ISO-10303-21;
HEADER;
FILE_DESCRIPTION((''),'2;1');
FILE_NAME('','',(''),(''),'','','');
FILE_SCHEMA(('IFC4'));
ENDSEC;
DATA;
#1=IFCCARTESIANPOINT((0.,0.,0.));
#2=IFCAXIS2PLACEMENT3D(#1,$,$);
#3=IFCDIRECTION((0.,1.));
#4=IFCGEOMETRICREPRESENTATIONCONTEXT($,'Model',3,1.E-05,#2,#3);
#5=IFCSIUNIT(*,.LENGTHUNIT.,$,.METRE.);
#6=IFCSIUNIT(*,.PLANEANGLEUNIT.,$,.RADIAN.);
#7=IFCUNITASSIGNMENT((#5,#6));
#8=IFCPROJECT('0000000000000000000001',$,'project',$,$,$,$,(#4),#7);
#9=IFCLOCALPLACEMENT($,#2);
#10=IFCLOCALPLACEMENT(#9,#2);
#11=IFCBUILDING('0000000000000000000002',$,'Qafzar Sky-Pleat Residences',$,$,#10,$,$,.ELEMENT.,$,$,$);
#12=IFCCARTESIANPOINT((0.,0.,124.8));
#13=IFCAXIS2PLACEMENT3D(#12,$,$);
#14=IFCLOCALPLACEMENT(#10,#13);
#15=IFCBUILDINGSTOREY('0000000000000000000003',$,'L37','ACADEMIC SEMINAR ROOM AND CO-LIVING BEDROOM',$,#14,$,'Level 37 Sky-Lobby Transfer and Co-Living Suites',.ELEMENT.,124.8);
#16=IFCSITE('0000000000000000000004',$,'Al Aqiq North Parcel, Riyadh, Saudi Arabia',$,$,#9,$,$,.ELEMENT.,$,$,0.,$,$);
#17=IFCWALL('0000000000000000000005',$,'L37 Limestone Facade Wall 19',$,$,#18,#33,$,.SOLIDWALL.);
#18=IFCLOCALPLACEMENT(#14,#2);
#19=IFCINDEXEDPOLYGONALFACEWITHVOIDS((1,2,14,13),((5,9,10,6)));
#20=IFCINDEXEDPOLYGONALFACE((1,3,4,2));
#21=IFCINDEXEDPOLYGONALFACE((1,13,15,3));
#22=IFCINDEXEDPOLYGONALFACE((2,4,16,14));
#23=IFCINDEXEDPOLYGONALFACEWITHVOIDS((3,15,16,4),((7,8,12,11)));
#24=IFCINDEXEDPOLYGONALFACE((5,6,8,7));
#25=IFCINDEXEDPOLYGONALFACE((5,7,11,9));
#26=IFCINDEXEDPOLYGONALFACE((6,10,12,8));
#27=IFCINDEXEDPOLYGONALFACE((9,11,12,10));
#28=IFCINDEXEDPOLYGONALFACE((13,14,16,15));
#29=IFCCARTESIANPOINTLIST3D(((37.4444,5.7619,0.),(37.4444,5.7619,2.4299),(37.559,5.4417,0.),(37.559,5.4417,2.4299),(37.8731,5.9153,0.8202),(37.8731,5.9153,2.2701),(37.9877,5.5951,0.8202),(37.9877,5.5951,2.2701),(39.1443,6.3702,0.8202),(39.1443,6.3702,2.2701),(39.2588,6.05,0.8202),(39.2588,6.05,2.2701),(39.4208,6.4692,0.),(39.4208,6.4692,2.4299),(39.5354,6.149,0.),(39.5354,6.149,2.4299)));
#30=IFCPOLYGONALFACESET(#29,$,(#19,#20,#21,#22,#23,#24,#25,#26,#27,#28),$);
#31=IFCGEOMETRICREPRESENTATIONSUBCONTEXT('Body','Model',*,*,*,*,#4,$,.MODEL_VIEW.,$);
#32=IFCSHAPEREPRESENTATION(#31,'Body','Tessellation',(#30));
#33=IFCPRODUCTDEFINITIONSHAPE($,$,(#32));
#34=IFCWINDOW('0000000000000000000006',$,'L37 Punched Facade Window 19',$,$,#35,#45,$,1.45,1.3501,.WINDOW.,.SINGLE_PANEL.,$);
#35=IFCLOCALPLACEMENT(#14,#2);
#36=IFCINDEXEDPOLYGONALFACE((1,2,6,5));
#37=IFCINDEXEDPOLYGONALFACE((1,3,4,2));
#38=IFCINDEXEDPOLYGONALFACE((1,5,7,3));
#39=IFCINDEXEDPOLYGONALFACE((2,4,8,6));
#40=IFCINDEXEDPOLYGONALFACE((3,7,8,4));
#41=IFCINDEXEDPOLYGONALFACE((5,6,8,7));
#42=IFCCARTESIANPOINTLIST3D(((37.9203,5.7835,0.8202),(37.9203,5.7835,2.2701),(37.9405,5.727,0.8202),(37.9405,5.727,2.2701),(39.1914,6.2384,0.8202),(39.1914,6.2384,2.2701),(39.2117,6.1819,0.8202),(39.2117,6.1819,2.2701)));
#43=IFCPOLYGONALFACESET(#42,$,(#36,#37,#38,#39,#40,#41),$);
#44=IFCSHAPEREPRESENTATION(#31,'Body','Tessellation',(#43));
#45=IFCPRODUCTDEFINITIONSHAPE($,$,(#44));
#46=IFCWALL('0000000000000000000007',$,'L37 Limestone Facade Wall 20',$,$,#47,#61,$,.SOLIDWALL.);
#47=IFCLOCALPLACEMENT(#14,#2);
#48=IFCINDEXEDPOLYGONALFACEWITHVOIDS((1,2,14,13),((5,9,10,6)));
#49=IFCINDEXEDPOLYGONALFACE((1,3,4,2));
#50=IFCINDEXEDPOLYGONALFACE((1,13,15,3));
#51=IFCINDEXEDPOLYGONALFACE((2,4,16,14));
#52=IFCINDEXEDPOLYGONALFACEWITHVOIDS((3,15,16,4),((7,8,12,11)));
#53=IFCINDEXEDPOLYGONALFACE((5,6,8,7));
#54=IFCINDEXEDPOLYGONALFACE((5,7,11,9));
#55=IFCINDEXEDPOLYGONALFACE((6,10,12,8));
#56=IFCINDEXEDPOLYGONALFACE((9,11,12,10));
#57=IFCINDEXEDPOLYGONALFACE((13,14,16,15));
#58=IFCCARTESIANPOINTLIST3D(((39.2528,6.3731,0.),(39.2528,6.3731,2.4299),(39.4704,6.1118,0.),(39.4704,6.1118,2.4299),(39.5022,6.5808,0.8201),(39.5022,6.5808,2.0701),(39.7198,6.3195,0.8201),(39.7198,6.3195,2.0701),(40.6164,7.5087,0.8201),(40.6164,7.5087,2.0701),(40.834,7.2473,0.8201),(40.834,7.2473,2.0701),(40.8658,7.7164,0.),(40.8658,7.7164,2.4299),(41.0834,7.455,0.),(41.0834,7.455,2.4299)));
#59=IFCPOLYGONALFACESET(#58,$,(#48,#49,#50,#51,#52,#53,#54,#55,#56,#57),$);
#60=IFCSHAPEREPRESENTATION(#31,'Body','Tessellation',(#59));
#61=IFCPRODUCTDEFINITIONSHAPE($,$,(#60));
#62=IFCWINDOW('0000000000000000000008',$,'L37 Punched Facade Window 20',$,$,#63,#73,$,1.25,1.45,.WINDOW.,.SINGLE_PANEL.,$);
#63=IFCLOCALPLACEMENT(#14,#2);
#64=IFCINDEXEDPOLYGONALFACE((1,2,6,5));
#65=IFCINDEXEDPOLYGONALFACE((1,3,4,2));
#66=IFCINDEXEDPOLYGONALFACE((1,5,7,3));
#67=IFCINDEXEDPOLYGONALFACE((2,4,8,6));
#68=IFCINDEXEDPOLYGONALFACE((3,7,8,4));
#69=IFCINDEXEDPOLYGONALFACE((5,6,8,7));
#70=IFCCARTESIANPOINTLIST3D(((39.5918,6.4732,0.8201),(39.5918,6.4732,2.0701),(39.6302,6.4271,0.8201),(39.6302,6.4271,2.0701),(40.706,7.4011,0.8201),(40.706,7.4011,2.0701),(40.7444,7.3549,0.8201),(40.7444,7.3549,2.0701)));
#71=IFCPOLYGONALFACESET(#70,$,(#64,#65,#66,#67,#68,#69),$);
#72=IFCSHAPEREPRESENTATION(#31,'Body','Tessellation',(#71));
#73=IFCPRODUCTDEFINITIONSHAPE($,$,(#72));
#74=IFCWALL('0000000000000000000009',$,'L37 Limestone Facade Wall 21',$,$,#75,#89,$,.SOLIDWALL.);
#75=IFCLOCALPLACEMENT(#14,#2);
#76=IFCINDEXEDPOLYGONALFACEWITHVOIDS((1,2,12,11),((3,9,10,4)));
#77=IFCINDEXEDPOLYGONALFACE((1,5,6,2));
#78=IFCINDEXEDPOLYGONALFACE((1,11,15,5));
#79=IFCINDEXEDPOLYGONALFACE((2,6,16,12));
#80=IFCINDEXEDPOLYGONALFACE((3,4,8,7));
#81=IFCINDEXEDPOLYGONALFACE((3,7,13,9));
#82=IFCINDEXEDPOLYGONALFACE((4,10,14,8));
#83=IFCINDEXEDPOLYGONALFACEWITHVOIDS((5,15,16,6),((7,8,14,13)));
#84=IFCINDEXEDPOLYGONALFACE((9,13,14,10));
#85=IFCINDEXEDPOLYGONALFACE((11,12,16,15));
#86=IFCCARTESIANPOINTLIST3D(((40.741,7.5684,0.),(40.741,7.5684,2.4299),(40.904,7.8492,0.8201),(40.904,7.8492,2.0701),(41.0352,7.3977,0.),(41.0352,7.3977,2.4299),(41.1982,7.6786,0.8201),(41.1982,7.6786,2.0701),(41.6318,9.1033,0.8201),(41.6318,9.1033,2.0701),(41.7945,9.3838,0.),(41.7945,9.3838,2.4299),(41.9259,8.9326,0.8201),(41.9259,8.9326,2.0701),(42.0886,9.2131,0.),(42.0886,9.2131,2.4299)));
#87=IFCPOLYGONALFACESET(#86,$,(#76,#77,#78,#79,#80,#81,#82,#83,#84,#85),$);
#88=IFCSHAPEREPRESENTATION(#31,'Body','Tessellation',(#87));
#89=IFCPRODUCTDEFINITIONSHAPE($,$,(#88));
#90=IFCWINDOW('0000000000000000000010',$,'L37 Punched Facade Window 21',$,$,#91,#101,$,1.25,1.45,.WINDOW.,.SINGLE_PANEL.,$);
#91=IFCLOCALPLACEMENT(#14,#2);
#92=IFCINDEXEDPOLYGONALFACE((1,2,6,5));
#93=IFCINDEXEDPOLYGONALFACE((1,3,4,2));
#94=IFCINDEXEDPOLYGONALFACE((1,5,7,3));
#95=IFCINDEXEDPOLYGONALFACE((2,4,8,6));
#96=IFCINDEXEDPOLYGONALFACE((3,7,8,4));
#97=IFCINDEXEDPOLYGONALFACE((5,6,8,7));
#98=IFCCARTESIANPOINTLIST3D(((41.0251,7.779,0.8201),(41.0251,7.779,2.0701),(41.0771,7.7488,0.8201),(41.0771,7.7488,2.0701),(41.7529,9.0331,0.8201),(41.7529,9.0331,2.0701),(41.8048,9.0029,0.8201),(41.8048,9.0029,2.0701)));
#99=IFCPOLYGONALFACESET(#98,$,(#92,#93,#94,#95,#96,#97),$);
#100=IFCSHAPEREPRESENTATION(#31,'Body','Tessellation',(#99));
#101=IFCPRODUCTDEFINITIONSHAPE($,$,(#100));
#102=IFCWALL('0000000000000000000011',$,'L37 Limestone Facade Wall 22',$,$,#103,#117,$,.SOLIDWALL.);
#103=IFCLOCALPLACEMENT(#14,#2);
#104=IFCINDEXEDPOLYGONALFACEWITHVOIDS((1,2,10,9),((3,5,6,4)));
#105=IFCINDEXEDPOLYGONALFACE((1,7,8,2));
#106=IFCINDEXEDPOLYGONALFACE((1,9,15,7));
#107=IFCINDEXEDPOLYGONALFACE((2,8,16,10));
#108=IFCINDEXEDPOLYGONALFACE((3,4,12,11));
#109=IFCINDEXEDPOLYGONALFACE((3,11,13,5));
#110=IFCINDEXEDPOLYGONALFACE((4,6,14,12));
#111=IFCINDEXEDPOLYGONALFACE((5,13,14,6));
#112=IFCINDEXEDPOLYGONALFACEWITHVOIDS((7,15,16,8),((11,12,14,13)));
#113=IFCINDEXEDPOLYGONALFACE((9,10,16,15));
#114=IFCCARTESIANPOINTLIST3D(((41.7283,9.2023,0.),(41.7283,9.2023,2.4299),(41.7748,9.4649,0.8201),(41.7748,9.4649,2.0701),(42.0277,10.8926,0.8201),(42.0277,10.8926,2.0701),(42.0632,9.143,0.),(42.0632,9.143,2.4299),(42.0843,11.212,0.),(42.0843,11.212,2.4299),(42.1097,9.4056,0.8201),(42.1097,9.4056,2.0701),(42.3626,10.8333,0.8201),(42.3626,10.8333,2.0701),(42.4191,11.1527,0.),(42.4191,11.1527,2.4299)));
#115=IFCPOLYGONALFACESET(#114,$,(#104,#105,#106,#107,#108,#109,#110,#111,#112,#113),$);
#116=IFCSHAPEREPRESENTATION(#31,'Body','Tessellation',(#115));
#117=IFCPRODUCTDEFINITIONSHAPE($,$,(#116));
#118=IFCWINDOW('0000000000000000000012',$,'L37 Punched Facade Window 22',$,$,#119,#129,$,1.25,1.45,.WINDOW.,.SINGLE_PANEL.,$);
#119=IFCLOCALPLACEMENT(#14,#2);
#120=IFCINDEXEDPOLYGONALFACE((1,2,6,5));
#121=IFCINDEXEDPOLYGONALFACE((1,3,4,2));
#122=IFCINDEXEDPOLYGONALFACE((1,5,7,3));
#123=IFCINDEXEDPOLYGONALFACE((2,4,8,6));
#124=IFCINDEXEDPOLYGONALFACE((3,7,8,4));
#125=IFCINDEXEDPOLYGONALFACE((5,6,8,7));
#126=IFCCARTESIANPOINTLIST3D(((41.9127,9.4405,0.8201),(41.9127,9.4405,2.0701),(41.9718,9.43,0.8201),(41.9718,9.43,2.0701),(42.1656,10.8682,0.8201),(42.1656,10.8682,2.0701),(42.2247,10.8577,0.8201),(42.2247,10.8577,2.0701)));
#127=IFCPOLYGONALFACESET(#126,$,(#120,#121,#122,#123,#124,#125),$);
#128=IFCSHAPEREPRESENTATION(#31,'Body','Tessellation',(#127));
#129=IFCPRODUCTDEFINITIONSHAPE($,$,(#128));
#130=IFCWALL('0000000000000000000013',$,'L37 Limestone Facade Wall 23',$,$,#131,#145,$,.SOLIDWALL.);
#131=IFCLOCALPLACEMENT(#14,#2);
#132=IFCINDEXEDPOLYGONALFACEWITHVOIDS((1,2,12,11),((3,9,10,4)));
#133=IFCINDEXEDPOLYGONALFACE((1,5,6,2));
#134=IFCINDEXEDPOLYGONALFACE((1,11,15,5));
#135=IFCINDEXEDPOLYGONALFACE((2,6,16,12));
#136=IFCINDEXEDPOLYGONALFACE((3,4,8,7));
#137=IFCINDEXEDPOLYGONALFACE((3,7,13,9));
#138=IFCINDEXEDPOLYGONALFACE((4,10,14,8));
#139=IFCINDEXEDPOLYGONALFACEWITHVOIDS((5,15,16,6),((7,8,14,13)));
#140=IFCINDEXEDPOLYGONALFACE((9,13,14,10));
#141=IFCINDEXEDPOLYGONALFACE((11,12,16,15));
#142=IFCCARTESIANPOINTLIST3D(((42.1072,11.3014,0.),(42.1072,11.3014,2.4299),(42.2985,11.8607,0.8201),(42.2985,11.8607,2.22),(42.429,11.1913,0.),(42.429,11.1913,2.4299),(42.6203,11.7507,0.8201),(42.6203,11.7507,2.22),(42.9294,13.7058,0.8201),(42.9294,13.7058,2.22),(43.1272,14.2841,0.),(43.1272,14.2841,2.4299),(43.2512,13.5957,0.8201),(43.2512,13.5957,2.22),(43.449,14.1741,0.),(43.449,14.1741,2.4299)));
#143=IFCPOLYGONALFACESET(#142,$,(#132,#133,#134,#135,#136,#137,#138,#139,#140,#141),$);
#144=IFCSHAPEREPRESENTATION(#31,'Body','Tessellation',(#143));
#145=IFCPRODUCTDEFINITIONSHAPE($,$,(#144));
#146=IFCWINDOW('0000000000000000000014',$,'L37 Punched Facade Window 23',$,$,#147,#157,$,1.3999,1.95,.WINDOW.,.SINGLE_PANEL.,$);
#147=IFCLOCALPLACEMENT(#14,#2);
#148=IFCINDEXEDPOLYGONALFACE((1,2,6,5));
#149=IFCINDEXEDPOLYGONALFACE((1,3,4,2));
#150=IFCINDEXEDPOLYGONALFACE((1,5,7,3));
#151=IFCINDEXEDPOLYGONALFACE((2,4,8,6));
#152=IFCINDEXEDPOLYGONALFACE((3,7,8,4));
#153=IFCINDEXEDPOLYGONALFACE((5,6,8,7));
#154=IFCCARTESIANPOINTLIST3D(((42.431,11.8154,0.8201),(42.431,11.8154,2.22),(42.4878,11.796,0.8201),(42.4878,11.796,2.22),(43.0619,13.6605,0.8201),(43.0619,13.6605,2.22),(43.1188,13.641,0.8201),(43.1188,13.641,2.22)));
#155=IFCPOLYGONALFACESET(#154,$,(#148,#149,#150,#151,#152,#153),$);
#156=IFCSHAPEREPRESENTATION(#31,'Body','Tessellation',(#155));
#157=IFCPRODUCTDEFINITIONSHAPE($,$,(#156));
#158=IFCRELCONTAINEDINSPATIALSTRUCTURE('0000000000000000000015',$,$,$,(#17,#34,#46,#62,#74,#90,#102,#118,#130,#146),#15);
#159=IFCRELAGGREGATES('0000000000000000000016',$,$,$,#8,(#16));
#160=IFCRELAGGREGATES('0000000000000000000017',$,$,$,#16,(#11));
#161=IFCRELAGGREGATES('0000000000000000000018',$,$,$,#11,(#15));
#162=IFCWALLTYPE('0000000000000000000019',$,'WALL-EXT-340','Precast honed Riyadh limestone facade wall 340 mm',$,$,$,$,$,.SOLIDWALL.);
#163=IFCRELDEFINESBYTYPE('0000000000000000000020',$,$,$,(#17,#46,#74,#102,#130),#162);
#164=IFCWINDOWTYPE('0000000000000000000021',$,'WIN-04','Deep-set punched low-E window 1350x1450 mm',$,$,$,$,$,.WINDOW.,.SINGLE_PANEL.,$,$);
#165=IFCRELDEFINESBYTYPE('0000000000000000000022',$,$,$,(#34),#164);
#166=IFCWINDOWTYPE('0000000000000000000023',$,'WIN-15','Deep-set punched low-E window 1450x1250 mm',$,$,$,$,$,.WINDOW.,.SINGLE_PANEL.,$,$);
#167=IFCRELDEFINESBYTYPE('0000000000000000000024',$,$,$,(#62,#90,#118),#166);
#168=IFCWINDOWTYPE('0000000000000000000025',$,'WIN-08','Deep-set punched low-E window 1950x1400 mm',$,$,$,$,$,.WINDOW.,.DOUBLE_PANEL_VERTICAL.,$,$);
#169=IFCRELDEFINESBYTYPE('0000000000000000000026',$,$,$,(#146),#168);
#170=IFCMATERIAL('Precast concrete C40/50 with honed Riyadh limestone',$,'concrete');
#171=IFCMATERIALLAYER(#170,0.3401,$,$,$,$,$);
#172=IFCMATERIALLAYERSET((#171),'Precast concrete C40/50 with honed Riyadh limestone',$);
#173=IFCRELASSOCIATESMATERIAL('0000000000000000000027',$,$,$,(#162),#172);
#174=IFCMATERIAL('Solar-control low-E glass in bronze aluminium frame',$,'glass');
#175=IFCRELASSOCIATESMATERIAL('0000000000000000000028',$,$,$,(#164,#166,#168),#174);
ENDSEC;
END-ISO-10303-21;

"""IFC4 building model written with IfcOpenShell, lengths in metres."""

from ifc_helpers import new_model, si_unit, direction, frame, frame_2d, origin, place, context, subcontext, project, spatial, rectangle, extrude, source, transform, mapped, material, layer, layer_set, type_object, element, fill, save


model = new_model("IFC4")

# Units and contexts
model_context = context("Model", 3, precision=1e-05, world=origin(), true_north=direction((0.0, 1.0)))
body_context = subcontext(model_context, "Body", "Model", "MODEL_VIEW")
ifc_project = project(units=[si_unit("LENGTHUNIT", "METRE"), si_unit("PLANEANGLEUNIT", "RADIAN")], contexts=[model_context])

# Site, building, storey
site_placement = place(None, origin())
site = spatial("IfcSite", under=ifc_project, at=site_placement, Name="Al Aqiq North Parcel, Riyadh, Saudi Arabia", CompositionType="ELEMENT", RefElevation=0.0)
building_placement = place(site_placement, origin())
building = spatial("IfcBuilding", under=site, at=building_placement, Name="Qafzar Sky-Pleat Residences", CompositionType="ELEMENT")
storey_placement = place(building_placement, frame((0.0, 0.0, 124.8)))
storey = spatial("IfcBuildingStorey", under=building, at=storey_placement, Name="L37", Description="ACADEMIC SEMINAR ROOM AND CO-LIVING BEDROOM", LongName="Level 37 Sky-Lobby Transfer and Co-Living Suites", CompositionType="ELEMENT", Elevation=124.8)

# Walls, openings, windows
ifc_material_1 = material(Name="Precast concrete C40/50 with honed Riyadh limestone", Category="concrete")
ifc_layer_1 = layer(ifc_material_1, 0.3401)
ifc_layer_set_1 = layer_set([ifc_layer_1], Name="Precast concrete C40/50 with honed Riyadh limestone")
wall_type_1 = type_object("IfcWallType", Name="WALL-EXT-340", Description="Precast honed Riyadh limestone facade wall 340 mm", PredefinedType="SOLIDWALL", material=ifc_layer_set_1)
wall_1_placement = place(storey_placement, frame((37.5017, 5.6018, 0.0), z_axis=(0.0, 0.0, 1.0), x_axis=(0.941523, 0.336948, 0.0)))
wall_1 = element("IfcWall", 1, at=wall_1_placement, inside=storey, type_object=wall_type_1, Name="L37 Limestone Facade Wall 19", PredefinedType="SOLIDWALL", context=body_context, shape_type="SweptSolid", body=[
    extrude(rectangle(XDim=2.0991, YDim=0.3401, at=frame_2d((1.0496, 0.0))), origin(), (0.0, 0.0, 1.0), 2.4299),
])
opening_1_placement = place(wall_1_placement, frame((0.4553, 0.0, 0.8201)))
opening_1 = element("IfcOpeningElement", 2, at=opening_1_placement, cuts=wall_1, PredefinedType="OPENING", context=body_context, shape_type="SweptSolid", body=[
    extrude(rectangle(XDim=1.3501, YDim=1.45, at=frame_2d((0.675, 0.7251))), frame((0.0, 0.1802, 0.0), z_axis=(0.0, -1.0, 0.0), x_axis=(1.0, 0.0, 0.0)), (0.0, 0.0, 1.0), 0.3601),
])
ifc_material_2 = material(Name="Solar-control low-E glass in bronze aluminium frame", Category="glass")
window_type_1 = type_object("IfcWindowType", Name="WIN-04", Description="Deep-set punched low-E window 1350x1450 mm", PartitioningType="SINGLE_PANEL", PredefinedType="WINDOW", material=ifc_material_2)
shared_shape_1 = source(origin(), body_context, "Body", "SweptSolid", [
    extrude(rectangle(XDim=1.3501, YDim=1.45, at=frame_2d((0.675, 0.7251))), frame((0.0, 0.03, 0.0), z_axis=(0.0, -1.0, 0.0), x_axis=(1.0, 0.0, 0.0)), (0.0, 0.0, 1.0), 0.0601),
])
window_1_placement = place(opening_1_placement, origin())
window_1 = element("IfcWindow", 3, at=window_1_placement, inside=storey, type_object=window_type_1, Name="L37 Punched Facade Window 19", OverallHeight=1.45, OverallWidth=1.3501, PartitioningType="SINGLE_PANEL", PredefinedType="WINDOW", context=body_context, shape_type="MappedRepresentation", body=[
    mapped(shared_shape_1, transform((0.0, 0.0, 0.0), x_axis=(1.0, 0.0, 0.0), y_axis=(0.0, 1.0, 0.0), z_axis=(0.0, 0.0, 1.0), scale=1.0)),
])
fill(opening_1, window_1)
wall_2_placement = place(storey_placement, frame((39.3616, 6.2424, 0.0), z_axis=(0.0, 0.0, 1.0), x_axis=(0.768441, 0.639921, 0.0)))
wall_2 = element("IfcWall", 4, at=wall_2_placement, inside=storey, type_object=wall_type_1, Name="L37 Limestone Facade Wall 20", PredefinedType="SOLIDWALL", context=body_context, shape_type="SweptSolid", body=[
    extrude(rectangle(XDim=2.0991, YDim=0.3401, at=frame_2d((1.0496, 0.0))), origin(), (0.0, 0.0, 1.0), 2.4299),
])
opening_2_placement = place(wall_2_placement, frame((0.3245, 0.0, 0.8201)))
opening_2 = element("IfcOpeningElement", 5, at=opening_2_placement, cuts=wall_2, PredefinedType="OPENING", context=body_context, shape_type="SweptSolid", body=[
    extrude(rectangle(XDim=1.45, YDim=1.25, at=frame_2d((0.7251, 0.625))), frame((0.0, 0.1802, 0.0), z_axis=(0.0, -1.0, 0.0), x_axis=(1.0, 0.0, 0.0)), (0.0, 0.0, 1.0), 0.3601),
])
window_type_2 = type_object("IfcWindowType", Name="WIN-15", Description="Deep-set punched low-E window 1450x1250 mm", PartitioningType="SINGLE_PANEL", PredefinedType="WINDOW", material=ifc_material_2)
shared_shape_2 = source(origin(), body_context, "Body", "SweptSolid", [
    extrude(rectangle(XDim=1.45, YDim=1.25, at=frame_2d((0.7251, 0.625))), frame((0.0, 0.03, 0.0), z_axis=(0.0, -1.0, 0.0), x_axis=(1.0, 0.0, 0.0)), (0.0, 0.0, 1.0), 0.0601),
])
window_2_placement = place(opening_2_placement, origin())
window_2 = element("IfcWindow", 6, at=window_2_placement, inside=storey, type_object=window_type_2, Name="L37 Punched Facade Window 20", OverallHeight=1.25, OverallWidth=1.45, PartitioningType="SINGLE_PANEL", PredefinedType="WINDOW", context=body_context, shape_type="MappedRepresentation", body=[
    mapped(shared_shape_2, transform((0.0, 0.0, 0.0), x_axis=(1.0, 0.0, 0.0), y_axis=(0.0, 1.0, 0.0), z_axis=(0.0, 0.0, 1.0), scale=1.0)),
])
fill(opening_2, window_2)
wall_3_placement = place(storey_placement, frame((40.8882, 7.4832, 0.0), z_axis=(0.0, 0.0, 1.0), x_axis=(0.501903, 0.864924, 0.0)))
wall_3 = element("IfcWall", 7, at=wall_3_placement, inside=storey, type_object=wall_type_1, Name="L37 Limestone Facade Wall 21", PredefinedType="SOLIDWALL", context=body_context, shape_type="SweptSolid", body=[
    extrude(rectangle(XDim=2.0989, YDim=0.3401, at=frame_2d((1.0493, 0.0))), origin(), (0.0, 0.0, 1.0), 2.4299),
])
opening_3_placement = place(wall_3_placement, frame((0.3245, 0.0, 0.8201)))
opening_3 = element("IfcOpeningElement", 8, at=opening_3_placement, cuts=wall_3, PredefinedType="OPENING", context=body_context, shape_type="SweptSolid", body=[
    extrude(rectangle(XDim=1.45, YDim=1.25, at=frame_2d((0.7251, 0.625))), frame((0.0, 0.1802, 0.0), z_axis=(0.0, -1.0, 0.0), x_axis=(1.0, 0.0, 0.0)), (0.0, 0.0, 1.0), 0.3601),
])
window_3_placement = place(opening_3_placement, origin())
window_3 = element("IfcWindow", 9, at=window_3_placement, inside=storey, type_object=window_type_2, Name="L37 Punched Facade Window 21", OverallHeight=1.25, OverallWidth=1.45, PartitioningType="SINGLE_PANEL", PredefinedType="WINDOW", context=body_context, shape_type="MappedRepresentation", body=[
    mapped(shared_shape_2, transform((0.0, 0.0, 0.0), x_axis=(1.0, 0.0, 0.0), y_axis=(0.0, 1.0, 0.0), z_axis=(0.0, 0.0, 1.0), scale=1.0)),
])
fill(opening_3, window_3)
wall_4_placement = place(storey_placement, frame((41.8958, 9.1726, 0.0), z_axis=(0.0, 0.0, 1.0), x_axis=(0.174399, 0.984675, 0.0)))
wall_4 = element("IfcWall", 10, at=wall_4_placement, inside=storey, type_object=wall_type_1, Name="L37 Limestone Facade Wall 22", PredefinedType="SOLIDWALL", context=body_context, shape_type="SweptSolid", body=[
    extrude(rectangle(XDim=2.041, YDim=0.3401, at=frame_2d((1.0205, 0.0))), origin(), (0.0, 0.0, 1.0), 2.4299),
])
opening_4_placement = place(wall_4_placement, frame((0.2666, 0.0, 0.8201)))
opening_4 = element("IfcOpeningElement", 11, at=opening_4_placement, cuts=wall_4, PredefinedType="OPENING", context=body_context, shape_type="SweptSolid", body=[
    extrude(rectangle(XDim=1.45, YDim=1.25, at=frame_2d((0.7251, 0.625))), frame((0.0, 0.1802, 0.0), z_axis=(0.0, -1.0, 0.0), x_axis=(1.0, 0.0, 0.0)), (0.0, 0.0, 1.0), 0.3601),
])
window_4_placement = place(opening_4_placement, origin())
window_4 = element("IfcWindow", 12, at=window_4_placement, inside=storey, type_object=window_type_2, Name="L37 Punched Facade Window 22", OverallHeight=1.25, OverallWidth=1.45, PartitioningType="SINGLE_PANEL", PredefinedType="WINDOW", context=body_context, shape_type="MappedRepresentation", body=[
    mapped(shared_shape_2, transform((0.0, 0.0, 0.0), x_axis=(1.0, 0.0, 0.0), y_axis=(0.0, 1.0, 0.0), z_axis=(0.0, 0.0, 1.0), scale=1.0)),
])
fill(opening_4, window_4)
wall_5_placement = place(storey_placement, frame((42.2681, 11.2463, 0.0), z_axis=(0.0, 0.0, 1.0), x_axis=(0.323584, 0.9462, 0.0)))
wall_5 = element("IfcWall", 13, at=wall_5_placement, inside=storey, type_object=wall_type_1, Name="L37 Limestone Facade Wall 23", PredefinedType="SOLIDWALL", context=body_context, shape_type="SweptSolid", body=[
    extrude(rectangle(XDim=3.1523, YDim=0.3401, at=frame_2d((1.5762, 0.0))), origin(), (0.0, 0.0, 1.0), 2.4299),
])
opening_5_placement = place(wall_5_placement, frame((0.5911, 0.0, 0.8201)))
opening_5 = element("IfcOpeningElement", 14, at=opening_5_placement, cuts=wall_5, PredefinedType="OPENING", context=body_context, shape_type="SweptSolid", body=[
    extrude(rectangle(XDim=1.95, YDim=1.3999, at=frame_2d((0.9751, 0.7))), frame((0.0, 0.1802, 0.0), z_axis=(0.0, -1.0, 0.0), x_axis=(1.0, 0.0, 0.0)), (0.0, 0.0, 1.0), 0.3601),
])
window_type_3 = type_object("IfcWindowType", Name="WIN-08", Description="Deep-set punched low-E window 1950x1400 mm", PartitioningType="DOUBLE_PANEL_VERTICAL", PredefinedType="WINDOW", material=ifc_material_2)
shared_shape_3 = source(origin(), body_context, "Body", "SweptSolid", [
    extrude(rectangle(XDim=1.95, YDim=1.3999, at=frame_2d((0.9751, 0.7))), frame((0.0, 0.03, 0.0), z_axis=(0.0, -1.0, 0.0), x_axis=(1.0, 0.0, 0.0)), (0.0, 0.0, 1.0), 0.0601),
])
window_5_placement = place(opening_5_placement, origin())
window_5 = element("IfcWindow", 15, at=window_5_placement, inside=storey, type_object=window_type_3, Name="L37 Punched Facade Window 23", OverallHeight=1.3999, OverallWidth=1.95, PartitioningType="SINGLE_PANEL", PredefinedType="WINDOW", context=body_context, shape_type="MappedRepresentation", body=[
    mapped(shared_shape_3, transform((0.0, 0.0, 0.0), x_axis=(1.0, 0.0, 0.0), y_axis=(0.0, 1.0, 0.0), z_axis=(0.0, 0.0, 1.0), scale=1.0)),
])
fill(opening_5, window_5)

save(model, "model.ifc")
